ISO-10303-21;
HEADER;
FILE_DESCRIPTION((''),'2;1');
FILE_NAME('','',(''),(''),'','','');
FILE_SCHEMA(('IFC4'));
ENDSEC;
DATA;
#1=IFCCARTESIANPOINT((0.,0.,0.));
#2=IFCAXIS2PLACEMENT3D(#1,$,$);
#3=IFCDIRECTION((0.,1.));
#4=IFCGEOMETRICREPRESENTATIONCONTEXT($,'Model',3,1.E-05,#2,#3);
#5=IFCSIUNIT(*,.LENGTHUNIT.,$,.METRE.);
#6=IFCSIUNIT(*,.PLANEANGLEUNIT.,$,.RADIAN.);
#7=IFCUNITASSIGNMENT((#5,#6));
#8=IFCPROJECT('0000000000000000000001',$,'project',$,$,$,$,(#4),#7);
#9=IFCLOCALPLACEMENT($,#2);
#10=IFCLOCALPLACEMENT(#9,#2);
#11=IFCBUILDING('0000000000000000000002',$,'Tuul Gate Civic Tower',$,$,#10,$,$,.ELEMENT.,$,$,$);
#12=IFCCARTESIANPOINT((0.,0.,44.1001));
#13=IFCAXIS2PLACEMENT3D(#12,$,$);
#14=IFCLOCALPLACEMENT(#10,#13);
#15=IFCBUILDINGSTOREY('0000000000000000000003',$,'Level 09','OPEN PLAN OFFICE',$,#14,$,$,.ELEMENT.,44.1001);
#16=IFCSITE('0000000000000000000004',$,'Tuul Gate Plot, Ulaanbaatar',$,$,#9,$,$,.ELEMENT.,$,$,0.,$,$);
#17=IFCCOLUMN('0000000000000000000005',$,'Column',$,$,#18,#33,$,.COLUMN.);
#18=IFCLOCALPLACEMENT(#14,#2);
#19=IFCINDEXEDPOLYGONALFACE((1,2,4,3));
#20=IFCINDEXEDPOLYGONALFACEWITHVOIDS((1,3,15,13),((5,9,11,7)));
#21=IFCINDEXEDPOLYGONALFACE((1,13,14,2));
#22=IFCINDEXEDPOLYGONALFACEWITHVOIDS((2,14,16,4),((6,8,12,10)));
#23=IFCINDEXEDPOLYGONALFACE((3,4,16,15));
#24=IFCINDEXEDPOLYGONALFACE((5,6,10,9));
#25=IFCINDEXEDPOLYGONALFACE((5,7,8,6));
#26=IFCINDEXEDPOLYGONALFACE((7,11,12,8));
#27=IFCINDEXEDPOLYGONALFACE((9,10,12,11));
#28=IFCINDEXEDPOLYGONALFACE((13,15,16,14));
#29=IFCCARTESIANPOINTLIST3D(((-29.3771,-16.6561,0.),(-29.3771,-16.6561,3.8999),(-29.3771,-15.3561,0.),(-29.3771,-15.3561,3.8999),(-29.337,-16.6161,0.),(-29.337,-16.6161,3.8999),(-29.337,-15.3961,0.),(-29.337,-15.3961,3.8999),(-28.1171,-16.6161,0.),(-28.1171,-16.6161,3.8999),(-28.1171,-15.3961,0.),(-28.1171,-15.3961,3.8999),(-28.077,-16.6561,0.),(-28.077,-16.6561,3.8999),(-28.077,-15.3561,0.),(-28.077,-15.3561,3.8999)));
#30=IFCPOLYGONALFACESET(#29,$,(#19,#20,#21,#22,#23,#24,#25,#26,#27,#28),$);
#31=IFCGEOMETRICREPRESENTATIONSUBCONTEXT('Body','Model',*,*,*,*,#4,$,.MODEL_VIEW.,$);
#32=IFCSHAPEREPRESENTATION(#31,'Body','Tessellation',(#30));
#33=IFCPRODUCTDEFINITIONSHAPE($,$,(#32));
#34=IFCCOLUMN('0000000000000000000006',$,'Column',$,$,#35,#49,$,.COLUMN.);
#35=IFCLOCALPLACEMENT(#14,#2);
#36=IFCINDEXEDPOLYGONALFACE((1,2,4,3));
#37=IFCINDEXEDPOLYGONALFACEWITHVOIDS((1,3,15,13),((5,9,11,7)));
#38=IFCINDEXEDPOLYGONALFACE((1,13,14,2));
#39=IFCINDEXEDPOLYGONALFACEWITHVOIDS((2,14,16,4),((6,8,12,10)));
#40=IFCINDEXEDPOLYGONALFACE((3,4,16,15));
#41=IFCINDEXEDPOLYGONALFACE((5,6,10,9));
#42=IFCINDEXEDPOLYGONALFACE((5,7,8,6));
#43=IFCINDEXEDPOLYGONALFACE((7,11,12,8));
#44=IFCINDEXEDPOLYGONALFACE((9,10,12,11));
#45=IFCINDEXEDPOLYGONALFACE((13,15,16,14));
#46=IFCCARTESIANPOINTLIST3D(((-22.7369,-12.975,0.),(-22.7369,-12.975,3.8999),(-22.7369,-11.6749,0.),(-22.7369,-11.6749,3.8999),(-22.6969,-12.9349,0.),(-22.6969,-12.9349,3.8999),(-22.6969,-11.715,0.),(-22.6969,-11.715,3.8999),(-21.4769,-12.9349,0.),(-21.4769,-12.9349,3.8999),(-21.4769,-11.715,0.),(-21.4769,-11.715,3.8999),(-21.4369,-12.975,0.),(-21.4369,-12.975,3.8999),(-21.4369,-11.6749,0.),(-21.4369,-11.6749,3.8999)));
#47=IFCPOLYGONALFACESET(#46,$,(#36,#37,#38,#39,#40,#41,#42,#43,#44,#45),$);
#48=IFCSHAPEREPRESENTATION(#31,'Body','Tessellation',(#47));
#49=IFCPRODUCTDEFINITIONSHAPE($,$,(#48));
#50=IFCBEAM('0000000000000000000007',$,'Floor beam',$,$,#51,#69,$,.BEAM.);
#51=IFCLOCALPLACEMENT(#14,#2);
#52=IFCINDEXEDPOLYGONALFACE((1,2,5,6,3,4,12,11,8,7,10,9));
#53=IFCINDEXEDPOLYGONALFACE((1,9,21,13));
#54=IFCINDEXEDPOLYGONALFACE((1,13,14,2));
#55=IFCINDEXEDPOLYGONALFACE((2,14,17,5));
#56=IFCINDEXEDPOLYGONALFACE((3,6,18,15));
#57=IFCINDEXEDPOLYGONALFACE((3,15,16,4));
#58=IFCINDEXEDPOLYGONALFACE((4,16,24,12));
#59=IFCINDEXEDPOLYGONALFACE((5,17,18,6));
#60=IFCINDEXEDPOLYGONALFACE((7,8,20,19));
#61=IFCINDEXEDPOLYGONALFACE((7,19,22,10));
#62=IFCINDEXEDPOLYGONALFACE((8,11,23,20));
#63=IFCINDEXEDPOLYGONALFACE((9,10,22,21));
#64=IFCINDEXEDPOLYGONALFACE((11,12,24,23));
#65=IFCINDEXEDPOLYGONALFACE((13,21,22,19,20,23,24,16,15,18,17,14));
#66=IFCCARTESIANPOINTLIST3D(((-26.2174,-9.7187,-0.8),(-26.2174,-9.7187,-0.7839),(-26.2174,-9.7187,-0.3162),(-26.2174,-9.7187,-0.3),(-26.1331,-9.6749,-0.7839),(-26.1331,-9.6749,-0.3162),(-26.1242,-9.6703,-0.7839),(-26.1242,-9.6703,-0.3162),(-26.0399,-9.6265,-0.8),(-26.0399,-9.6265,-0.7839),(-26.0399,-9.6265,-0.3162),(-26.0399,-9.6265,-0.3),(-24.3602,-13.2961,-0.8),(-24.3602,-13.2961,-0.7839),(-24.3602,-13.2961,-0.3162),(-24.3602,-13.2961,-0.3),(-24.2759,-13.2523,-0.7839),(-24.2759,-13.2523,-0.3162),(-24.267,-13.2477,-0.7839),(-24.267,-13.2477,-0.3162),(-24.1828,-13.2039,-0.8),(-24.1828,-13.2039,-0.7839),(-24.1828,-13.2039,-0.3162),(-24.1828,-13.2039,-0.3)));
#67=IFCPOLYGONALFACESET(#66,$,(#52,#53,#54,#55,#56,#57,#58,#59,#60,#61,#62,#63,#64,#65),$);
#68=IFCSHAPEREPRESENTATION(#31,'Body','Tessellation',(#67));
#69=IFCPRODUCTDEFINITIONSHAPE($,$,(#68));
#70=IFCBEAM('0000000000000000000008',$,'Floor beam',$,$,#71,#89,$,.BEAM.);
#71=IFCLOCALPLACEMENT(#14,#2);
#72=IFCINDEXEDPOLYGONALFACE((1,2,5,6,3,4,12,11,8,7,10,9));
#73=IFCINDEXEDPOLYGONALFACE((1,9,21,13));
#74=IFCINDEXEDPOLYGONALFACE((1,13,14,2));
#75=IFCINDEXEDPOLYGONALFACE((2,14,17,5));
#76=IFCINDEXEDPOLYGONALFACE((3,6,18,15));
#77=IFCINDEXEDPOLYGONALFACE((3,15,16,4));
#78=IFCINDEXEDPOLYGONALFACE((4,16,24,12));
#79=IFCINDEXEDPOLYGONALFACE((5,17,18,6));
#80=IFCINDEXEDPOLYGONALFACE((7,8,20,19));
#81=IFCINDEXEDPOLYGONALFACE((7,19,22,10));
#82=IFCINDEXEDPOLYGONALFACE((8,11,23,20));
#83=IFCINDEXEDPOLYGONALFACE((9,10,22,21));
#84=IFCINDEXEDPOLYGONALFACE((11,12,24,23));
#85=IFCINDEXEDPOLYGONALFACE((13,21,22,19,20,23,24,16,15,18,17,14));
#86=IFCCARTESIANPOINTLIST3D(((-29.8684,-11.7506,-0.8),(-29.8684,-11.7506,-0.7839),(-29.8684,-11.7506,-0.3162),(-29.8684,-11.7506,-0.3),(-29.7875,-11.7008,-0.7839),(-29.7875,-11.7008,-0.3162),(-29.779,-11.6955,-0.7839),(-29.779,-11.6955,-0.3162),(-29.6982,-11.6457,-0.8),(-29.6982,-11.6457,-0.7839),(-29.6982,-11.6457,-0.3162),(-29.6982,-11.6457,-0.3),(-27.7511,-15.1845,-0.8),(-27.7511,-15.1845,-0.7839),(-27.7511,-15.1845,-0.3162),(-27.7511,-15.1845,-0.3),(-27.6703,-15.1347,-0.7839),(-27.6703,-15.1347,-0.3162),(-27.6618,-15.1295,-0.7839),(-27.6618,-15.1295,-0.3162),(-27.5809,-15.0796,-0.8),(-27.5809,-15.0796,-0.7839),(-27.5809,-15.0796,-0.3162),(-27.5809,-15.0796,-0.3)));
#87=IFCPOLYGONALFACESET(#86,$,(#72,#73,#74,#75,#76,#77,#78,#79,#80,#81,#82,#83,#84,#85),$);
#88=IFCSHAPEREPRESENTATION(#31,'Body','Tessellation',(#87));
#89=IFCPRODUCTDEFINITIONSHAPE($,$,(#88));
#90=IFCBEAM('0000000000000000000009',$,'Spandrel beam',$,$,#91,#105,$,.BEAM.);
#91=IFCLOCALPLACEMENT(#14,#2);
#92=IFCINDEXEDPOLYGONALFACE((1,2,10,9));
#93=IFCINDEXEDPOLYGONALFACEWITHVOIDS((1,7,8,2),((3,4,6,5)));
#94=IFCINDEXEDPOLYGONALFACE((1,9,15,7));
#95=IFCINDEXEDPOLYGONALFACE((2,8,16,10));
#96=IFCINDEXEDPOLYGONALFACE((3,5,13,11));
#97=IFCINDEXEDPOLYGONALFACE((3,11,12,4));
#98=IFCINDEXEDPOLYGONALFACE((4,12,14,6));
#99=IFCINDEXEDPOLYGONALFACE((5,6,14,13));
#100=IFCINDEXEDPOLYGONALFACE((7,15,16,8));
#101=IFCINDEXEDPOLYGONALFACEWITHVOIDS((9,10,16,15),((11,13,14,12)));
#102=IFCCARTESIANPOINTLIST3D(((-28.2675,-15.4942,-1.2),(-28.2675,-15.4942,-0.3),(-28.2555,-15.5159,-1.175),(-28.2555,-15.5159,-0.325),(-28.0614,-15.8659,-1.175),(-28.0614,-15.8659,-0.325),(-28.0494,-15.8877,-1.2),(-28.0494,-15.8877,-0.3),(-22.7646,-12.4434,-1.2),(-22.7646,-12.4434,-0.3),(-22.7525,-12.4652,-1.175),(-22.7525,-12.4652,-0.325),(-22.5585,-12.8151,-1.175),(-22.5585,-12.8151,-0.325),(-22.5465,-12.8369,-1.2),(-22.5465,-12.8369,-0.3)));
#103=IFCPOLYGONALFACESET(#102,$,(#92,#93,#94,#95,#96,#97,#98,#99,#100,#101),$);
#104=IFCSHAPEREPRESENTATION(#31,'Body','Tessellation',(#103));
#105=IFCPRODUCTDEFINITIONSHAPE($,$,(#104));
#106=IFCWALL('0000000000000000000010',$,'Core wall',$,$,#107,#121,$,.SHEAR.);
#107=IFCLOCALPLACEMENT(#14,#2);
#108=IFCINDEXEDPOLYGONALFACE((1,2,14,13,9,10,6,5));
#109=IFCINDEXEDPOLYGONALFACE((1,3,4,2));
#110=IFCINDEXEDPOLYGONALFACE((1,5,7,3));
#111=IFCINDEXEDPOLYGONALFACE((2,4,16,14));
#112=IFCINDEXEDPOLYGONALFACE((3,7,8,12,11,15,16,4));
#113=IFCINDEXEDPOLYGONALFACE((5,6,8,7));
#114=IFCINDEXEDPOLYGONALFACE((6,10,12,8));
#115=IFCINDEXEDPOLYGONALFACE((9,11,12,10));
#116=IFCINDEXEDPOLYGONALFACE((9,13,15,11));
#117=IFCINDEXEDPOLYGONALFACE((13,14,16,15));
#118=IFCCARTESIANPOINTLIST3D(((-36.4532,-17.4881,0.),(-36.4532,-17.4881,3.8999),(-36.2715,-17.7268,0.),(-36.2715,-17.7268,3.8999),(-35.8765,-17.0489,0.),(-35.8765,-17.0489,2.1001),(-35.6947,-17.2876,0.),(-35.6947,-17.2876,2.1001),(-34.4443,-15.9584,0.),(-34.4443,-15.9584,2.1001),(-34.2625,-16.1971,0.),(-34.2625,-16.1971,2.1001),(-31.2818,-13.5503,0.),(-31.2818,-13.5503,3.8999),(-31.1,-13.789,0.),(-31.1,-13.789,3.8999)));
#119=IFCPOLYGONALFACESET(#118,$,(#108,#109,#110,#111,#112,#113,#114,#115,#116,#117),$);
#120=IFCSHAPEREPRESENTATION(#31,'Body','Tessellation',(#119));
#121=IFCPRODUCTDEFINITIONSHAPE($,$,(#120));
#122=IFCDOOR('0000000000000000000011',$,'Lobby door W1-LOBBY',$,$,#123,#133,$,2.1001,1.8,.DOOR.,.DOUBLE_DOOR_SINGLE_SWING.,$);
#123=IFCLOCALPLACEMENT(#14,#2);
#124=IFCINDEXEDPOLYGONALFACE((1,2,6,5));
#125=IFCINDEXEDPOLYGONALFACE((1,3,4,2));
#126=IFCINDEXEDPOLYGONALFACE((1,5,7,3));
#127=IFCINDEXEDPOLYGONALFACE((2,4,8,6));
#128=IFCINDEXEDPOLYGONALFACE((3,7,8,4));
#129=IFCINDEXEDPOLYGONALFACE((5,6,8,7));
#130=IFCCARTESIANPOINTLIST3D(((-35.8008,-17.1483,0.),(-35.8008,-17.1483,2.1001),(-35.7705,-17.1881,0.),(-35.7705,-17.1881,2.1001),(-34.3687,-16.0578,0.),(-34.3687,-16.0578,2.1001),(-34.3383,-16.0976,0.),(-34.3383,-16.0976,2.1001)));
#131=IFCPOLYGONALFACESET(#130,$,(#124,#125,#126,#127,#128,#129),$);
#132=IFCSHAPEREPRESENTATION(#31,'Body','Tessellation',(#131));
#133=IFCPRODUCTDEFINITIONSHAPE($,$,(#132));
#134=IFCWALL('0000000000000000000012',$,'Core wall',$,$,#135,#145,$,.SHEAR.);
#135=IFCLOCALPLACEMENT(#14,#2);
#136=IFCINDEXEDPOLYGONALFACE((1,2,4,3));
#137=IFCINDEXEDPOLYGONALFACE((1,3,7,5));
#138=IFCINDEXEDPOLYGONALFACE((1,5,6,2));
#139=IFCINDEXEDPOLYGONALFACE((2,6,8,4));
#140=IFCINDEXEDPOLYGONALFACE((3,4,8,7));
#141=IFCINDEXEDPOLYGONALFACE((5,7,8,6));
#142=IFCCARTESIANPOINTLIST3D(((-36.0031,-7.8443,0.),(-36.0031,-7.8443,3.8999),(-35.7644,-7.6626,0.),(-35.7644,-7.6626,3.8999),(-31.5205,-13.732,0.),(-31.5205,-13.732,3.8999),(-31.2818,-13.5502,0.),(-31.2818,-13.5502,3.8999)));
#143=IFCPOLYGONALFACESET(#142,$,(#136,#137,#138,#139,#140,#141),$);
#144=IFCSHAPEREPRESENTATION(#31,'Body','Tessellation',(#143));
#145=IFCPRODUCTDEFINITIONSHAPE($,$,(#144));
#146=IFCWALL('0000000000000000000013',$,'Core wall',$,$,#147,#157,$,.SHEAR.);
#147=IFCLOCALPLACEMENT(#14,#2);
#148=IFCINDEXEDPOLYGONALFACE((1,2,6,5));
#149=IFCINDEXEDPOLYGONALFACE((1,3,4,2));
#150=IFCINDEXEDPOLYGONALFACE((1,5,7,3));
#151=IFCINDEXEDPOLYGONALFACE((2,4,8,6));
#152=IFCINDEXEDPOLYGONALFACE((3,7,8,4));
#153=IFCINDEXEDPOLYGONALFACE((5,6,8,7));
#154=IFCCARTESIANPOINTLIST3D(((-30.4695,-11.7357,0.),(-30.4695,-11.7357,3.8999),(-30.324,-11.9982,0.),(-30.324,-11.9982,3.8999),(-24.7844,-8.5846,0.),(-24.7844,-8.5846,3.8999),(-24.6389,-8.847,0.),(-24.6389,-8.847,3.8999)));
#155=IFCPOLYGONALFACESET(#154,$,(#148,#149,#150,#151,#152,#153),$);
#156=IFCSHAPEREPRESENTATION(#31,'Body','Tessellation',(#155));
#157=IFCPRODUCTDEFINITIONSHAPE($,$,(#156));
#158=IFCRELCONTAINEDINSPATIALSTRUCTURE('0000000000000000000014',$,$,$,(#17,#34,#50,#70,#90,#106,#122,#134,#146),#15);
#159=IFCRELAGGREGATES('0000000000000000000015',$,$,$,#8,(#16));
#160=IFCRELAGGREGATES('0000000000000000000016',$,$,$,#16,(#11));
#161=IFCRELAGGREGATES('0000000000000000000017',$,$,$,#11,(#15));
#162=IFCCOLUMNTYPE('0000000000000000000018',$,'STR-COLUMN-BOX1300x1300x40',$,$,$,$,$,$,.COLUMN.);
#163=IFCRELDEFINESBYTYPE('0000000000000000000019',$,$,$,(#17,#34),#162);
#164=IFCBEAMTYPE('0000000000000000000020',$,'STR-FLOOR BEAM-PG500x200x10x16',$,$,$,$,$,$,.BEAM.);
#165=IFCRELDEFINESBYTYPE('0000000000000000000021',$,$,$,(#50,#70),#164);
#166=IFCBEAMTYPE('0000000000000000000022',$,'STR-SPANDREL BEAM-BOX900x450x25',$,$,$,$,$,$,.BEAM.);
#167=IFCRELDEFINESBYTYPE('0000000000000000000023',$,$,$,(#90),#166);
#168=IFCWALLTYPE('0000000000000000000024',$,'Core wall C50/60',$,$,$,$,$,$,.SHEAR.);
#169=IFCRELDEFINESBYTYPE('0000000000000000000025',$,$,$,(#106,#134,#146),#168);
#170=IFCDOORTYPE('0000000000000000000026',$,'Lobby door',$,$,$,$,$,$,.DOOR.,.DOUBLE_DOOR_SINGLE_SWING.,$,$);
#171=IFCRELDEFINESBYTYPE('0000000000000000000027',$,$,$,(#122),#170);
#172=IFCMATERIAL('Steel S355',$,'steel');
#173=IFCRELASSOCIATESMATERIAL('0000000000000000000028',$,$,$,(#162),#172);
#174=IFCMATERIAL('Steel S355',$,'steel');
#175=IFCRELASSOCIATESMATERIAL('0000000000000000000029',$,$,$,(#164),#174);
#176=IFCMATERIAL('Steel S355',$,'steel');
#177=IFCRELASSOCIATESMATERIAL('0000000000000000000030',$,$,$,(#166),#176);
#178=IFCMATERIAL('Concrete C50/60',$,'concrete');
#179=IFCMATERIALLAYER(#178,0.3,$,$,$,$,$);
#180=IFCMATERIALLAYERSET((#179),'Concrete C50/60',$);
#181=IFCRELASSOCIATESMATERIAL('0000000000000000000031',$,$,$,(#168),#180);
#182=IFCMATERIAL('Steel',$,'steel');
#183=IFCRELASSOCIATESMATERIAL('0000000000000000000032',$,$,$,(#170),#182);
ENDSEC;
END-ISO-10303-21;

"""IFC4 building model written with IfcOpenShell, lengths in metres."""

from ifc_helpers import new_model, si_unit, direction, frame, frame_2d, origin, origin_2d, place, context, subcontext, project, spatial, rectangle, hollow_rectangle, i_section, extrude, material, layer, layer_set, material_profile, profile_set, type_object, element, fill, save


model = new_model("IFC4")

# Units and contexts
model_context = context("Model", 3, precision=1e-05, world=origin(), true_north=direction((0.0, 1.0)))
body_context = subcontext(model_context, "Body", "Model", "MODEL_VIEW")
ifc_project = project(units=[si_unit("LENGTHUNIT", "METRE"), si_unit("PLANEANGLEUNIT", "RADIAN")], contexts=[model_context])

# Site, building, storey
site_placement = place(None, origin())
site = spatial("IfcSite", under=ifc_project, at=site_placement, Name="Tuul Gate Plot, Ulaanbaatar", CompositionType="ELEMENT", RefElevation=0.0)
building_placement = place(site_placement, origin())
building = spatial("IfcBuilding", under=site, at=building_placement, Name="Tuul Gate Civic Tower", CompositionType="ELEMENT")
storey_placement = place(building_placement, frame((0.0, 0.0, 44.1001)))
storey = spatial("IfcBuildingStorey", under=building, at=storey_placement, Name="Level 09", Description="OPEN PLAN OFFICE", CompositionType="ELEMENT", Elevation=44.1001)

# Columns
ifc_material_1 = material(Name="Steel S355", Category="steel")
ifc_material_profile_1 = material_profile(ifc_material_1, hollow_rectangle(XDim=1.3, YDim=1.3, WallThickness=0.04, at=origin_2d()), Name="BOX1300x1300x40")
ifc_profile_set_1 = profile_set([ifc_material_profile_1], Name="Steel S355")
column_type = type_object("IfcColumnType", Name="STR-COLUMN-BOX1300x1300x40", PredefinedType="COLUMN", material=ifc_profile_set_1)
for number, where, z_axis, x_axis, name in (
    (1, (-28.7271, -16.0061, 0.0), (0.0, 0.0, 1.0), (1.0, 0.0, 0.0), "Column"),
    (2, (-22.0869, -12.325, 0.0), (0.0, 0.0, 1.0), (1.0, 0.0, 0.0), "Column"),
):
    element("IfcColumn", number, at=place(storey_placement, frame(where, z_axis=z_axis, x_axis=x_axis)), inside=storey, type_object=column_type, Name=name, PredefinedType="COLUMN", context=body_context, shape_type="SweptSolid", body=[
        extrude(hollow_rectangle(XDim=1.3, YDim=1.3, WallThickness=0.04, at=origin_2d()), origin(), (0.0, 0.0, 1.0), 3.8999),
    ])

# Beams
ifc_material_2 = material(Name="Steel S355", Category="steel")
ifc_material_profile_2 = material_profile(ifc_material_2, i_section(OverallWidth=0.2, OverallDepth=0.5, WebThickness=0.01, FlangeThickness=0.0161, at=origin_2d()), Name="PG500x200x10x16")
ifc_profile_set_2 = profile_set([ifc_material_profile_2], Name="Steel S355")
beam_type_1 = type_object("IfcBeamType", Name="STR-FLOOR BEAM-PG500x200x10x16", PredefinedType="BEAM", material=ifc_profile_set_2)
beam_1_placement = place(storey_placement, frame((-24.2715, -13.25, -0.55), z_axis=(-0.460754, 0.887528, 0.0), x_axis=(-0.887528, -0.460754, 0.0)))
element("IfcBeam", 3, at=beam_1_placement, inside=storey, type_object=beam_type_1, Name="Floor beam", PredefinedType="BEAM", context=body_context, shape_type="SweptSolid", body=[
    extrude(i_section(OverallWidth=0.2, OverallDepth=0.5, WebThickness=0.01, FlangeThickness=0.0161, at=origin_2d()), origin(), (0.0, 0.0, 1.0), 4.0308),
])
beam_2_placement = place(storey_placement, frame((-27.666, -15.1321, -0.55), z_axis=(-0.524827, 0.851209, 0.0), x_axis=(-0.851209, -0.524827, 0.0)))
element("IfcBeam", 4, at=beam_2_placement, inside=storey, type_object=beam_type_1, Name="Floor beam", PredefinedType="BEAM", context=body_context, shape_type="SweptSolid", body=[
    extrude(i_section(OverallWidth=0.2, OverallDepth=0.5, WebThickness=0.01, FlangeThickness=0.0161, at=origin_2d()), origin(), (0.0, 0.0, 1.0), 4.0342),
])
ifc_material_3 = material(Name="Steel S355", Category="steel")
ifc_material_profile_3 = material_profile(ifc_material_3, hollow_rectangle(XDim=0.45, YDim=0.8999, WallThickness=0.0249, at=origin_2d()), Name="BOX900x450x25")
ifc_profile_set_3 = profile_set([ifc_material_profile_3], Name="Steel S355")
beam_type_2 = type_object("IfcBeamType", Name="STR-SPANDREL BEAM-BOX900x450x25", PredefinedType="BEAM", material=ifc_profile_set_3)
beam_3_placement = place(storey_placement, frame((-28.1584, -15.6909, -0.75), z_axis=(0.874589, 0.484865, 0.0), x_axis=(-0.484865, 0.874589, 0.0)))
element("IfcBeam", 5, at=beam_3_placement, inside=storey, type_object=beam_type_2, Name="Spandrel beam", PredefinedType="BEAM", context=body_context, shape_type="SweptSolid", body=[
    extrude(hollow_rectangle(XDim=0.45, YDim=0.8999, WallThickness=0.0249, at=origin_2d()), origin(), (0.0, 0.0, 1.0), 6.292),
])

# Wall, opening, door
ifc_material_4 = material(Name="Concrete C50/60", Category="concrete")
ifc_layer_1 = layer(ifc_material_4, 0.3)
ifc_layer_set_1 = layer_set([ifc_layer_1], Name="Concrete C50/60")
wall_type_1 = type_object("IfcWallType", Name="Core wall C50/60", PredefinedType="SHEAR", material=ifc_layer_set_1)
wall_1_placement = place(storey_placement, frame((-31.1909, -13.6697, 0.0), z_axis=(0.0, 0.0, 1.0), x_axis=(-0.795607, -0.605813, 0.0)))
wall_1 = element("IfcWall", 6, at=wall_1_placement, inside=storey, type_object=wall_type_1, Name="Core wall", PredefinedType="SHEAR", context=body_context, shape_type="SweptSolid", body=[
    extrude(rectangle(XDim=6.5, YDim=0.3, at=frame_2d((3.25, 0.0))), origin(), (0.0, 0.0, 1.0), 3.8999),
])
opening_1_placement = place(wall_1_placement, frame((3.9751, 0.0, 0.0)))
opening_1 = element("IfcOpeningElement", 7, at=opening_1_placement, cuts=wall_1, PredefinedType="OPENING", context=body_context, shape_type="SweptSolid", body=[
    extrude(rectangle(XDim=1.8, YDim=2.1001, at=frame_2d((0.8999, 1.05))), frame((0.0, 0.1602, 0.0), z_axis=(0.0, -1.0, 0.0), x_axis=(1.0, 0.0, 0.0)), (0.0, 0.0, 1.0), 0.3201),
])
ifc_material_5 = material(Name="Steel", Category="steel")
door_type_1 = type_object("IfcDoorType", Name="Lobby door", OperationType="DOUBLE_DOOR_SINGLE_SWING", PredefinedType="DOOR", material=ifc_material_5)
door_1_placement = place(opening_1_placement, origin())
door_1 = element("IfcDoor", 8, at=door_1_placement, inside=storey, type_object=door_type_1, Name="Lobby door W1-LOBBY", OperationType="DOUBLE_DOOR_SINGLE_SWING", OverallHeight=2.1001, OverallWidth=1.8, PredefinedType="DOOR", context=body_context, shape_type="SweptSolid", body=[
    extrude(rectangle(XDim=1.8, YDim=2.1001, at=frame_2d((0.8999, 1.05))), frame((0.0, 0.0249, 0.0), z_axis=(0.0, -1.0, 0.0), x_axis=(1.0, 0.0, 0.0)), (0.0, 0.0, 1.0), 0.05),
])
fill(opening_1, door_1)

# Walls
wall_2_placement = place(storey_placement, frame((-31.4011, -13.6411, 0.0), z_axis=(0.0, 0.0, 1.0), x_axis=(-0.60577, 0.79564, 0.0)))
element("IfcWall", 9, at=wall_2_placement, inside=storey, type_object=wall_type_1, Name="Core wall", PredefinedType="SHEAR", context=body_context, shape_type="SweptSolid", body=[
    extrude(rectangle(XDim=7.3999, YDim=0.3, at=frame_2d((3.7, 0.0))), origin(), (0.0, 0.0, 1.0), 3.8999),
])
wall_3_placement = place(storey_placement, frame((-24.7117, -8.7158, 0.0), z_axis=(0.0, 0.0, 1.0), x_axis=(-0.87463, -0.484791, 0.0)))
element("IfcWall", 10, at=wall_3_placement, inside=storey, type_object=wall_type_1, Name="Core wall", PredefinedType="SHEAR", context=body_context, shape_type="SweptSolid", body=[
    extrude(rectangle(XDim=6.5, YDim=0.3, at=frame_2d((3.25, 0.0))), origin(), (0.0, 0.0, 1.0), 3.8999),
])

save(model, "model.ifc")
